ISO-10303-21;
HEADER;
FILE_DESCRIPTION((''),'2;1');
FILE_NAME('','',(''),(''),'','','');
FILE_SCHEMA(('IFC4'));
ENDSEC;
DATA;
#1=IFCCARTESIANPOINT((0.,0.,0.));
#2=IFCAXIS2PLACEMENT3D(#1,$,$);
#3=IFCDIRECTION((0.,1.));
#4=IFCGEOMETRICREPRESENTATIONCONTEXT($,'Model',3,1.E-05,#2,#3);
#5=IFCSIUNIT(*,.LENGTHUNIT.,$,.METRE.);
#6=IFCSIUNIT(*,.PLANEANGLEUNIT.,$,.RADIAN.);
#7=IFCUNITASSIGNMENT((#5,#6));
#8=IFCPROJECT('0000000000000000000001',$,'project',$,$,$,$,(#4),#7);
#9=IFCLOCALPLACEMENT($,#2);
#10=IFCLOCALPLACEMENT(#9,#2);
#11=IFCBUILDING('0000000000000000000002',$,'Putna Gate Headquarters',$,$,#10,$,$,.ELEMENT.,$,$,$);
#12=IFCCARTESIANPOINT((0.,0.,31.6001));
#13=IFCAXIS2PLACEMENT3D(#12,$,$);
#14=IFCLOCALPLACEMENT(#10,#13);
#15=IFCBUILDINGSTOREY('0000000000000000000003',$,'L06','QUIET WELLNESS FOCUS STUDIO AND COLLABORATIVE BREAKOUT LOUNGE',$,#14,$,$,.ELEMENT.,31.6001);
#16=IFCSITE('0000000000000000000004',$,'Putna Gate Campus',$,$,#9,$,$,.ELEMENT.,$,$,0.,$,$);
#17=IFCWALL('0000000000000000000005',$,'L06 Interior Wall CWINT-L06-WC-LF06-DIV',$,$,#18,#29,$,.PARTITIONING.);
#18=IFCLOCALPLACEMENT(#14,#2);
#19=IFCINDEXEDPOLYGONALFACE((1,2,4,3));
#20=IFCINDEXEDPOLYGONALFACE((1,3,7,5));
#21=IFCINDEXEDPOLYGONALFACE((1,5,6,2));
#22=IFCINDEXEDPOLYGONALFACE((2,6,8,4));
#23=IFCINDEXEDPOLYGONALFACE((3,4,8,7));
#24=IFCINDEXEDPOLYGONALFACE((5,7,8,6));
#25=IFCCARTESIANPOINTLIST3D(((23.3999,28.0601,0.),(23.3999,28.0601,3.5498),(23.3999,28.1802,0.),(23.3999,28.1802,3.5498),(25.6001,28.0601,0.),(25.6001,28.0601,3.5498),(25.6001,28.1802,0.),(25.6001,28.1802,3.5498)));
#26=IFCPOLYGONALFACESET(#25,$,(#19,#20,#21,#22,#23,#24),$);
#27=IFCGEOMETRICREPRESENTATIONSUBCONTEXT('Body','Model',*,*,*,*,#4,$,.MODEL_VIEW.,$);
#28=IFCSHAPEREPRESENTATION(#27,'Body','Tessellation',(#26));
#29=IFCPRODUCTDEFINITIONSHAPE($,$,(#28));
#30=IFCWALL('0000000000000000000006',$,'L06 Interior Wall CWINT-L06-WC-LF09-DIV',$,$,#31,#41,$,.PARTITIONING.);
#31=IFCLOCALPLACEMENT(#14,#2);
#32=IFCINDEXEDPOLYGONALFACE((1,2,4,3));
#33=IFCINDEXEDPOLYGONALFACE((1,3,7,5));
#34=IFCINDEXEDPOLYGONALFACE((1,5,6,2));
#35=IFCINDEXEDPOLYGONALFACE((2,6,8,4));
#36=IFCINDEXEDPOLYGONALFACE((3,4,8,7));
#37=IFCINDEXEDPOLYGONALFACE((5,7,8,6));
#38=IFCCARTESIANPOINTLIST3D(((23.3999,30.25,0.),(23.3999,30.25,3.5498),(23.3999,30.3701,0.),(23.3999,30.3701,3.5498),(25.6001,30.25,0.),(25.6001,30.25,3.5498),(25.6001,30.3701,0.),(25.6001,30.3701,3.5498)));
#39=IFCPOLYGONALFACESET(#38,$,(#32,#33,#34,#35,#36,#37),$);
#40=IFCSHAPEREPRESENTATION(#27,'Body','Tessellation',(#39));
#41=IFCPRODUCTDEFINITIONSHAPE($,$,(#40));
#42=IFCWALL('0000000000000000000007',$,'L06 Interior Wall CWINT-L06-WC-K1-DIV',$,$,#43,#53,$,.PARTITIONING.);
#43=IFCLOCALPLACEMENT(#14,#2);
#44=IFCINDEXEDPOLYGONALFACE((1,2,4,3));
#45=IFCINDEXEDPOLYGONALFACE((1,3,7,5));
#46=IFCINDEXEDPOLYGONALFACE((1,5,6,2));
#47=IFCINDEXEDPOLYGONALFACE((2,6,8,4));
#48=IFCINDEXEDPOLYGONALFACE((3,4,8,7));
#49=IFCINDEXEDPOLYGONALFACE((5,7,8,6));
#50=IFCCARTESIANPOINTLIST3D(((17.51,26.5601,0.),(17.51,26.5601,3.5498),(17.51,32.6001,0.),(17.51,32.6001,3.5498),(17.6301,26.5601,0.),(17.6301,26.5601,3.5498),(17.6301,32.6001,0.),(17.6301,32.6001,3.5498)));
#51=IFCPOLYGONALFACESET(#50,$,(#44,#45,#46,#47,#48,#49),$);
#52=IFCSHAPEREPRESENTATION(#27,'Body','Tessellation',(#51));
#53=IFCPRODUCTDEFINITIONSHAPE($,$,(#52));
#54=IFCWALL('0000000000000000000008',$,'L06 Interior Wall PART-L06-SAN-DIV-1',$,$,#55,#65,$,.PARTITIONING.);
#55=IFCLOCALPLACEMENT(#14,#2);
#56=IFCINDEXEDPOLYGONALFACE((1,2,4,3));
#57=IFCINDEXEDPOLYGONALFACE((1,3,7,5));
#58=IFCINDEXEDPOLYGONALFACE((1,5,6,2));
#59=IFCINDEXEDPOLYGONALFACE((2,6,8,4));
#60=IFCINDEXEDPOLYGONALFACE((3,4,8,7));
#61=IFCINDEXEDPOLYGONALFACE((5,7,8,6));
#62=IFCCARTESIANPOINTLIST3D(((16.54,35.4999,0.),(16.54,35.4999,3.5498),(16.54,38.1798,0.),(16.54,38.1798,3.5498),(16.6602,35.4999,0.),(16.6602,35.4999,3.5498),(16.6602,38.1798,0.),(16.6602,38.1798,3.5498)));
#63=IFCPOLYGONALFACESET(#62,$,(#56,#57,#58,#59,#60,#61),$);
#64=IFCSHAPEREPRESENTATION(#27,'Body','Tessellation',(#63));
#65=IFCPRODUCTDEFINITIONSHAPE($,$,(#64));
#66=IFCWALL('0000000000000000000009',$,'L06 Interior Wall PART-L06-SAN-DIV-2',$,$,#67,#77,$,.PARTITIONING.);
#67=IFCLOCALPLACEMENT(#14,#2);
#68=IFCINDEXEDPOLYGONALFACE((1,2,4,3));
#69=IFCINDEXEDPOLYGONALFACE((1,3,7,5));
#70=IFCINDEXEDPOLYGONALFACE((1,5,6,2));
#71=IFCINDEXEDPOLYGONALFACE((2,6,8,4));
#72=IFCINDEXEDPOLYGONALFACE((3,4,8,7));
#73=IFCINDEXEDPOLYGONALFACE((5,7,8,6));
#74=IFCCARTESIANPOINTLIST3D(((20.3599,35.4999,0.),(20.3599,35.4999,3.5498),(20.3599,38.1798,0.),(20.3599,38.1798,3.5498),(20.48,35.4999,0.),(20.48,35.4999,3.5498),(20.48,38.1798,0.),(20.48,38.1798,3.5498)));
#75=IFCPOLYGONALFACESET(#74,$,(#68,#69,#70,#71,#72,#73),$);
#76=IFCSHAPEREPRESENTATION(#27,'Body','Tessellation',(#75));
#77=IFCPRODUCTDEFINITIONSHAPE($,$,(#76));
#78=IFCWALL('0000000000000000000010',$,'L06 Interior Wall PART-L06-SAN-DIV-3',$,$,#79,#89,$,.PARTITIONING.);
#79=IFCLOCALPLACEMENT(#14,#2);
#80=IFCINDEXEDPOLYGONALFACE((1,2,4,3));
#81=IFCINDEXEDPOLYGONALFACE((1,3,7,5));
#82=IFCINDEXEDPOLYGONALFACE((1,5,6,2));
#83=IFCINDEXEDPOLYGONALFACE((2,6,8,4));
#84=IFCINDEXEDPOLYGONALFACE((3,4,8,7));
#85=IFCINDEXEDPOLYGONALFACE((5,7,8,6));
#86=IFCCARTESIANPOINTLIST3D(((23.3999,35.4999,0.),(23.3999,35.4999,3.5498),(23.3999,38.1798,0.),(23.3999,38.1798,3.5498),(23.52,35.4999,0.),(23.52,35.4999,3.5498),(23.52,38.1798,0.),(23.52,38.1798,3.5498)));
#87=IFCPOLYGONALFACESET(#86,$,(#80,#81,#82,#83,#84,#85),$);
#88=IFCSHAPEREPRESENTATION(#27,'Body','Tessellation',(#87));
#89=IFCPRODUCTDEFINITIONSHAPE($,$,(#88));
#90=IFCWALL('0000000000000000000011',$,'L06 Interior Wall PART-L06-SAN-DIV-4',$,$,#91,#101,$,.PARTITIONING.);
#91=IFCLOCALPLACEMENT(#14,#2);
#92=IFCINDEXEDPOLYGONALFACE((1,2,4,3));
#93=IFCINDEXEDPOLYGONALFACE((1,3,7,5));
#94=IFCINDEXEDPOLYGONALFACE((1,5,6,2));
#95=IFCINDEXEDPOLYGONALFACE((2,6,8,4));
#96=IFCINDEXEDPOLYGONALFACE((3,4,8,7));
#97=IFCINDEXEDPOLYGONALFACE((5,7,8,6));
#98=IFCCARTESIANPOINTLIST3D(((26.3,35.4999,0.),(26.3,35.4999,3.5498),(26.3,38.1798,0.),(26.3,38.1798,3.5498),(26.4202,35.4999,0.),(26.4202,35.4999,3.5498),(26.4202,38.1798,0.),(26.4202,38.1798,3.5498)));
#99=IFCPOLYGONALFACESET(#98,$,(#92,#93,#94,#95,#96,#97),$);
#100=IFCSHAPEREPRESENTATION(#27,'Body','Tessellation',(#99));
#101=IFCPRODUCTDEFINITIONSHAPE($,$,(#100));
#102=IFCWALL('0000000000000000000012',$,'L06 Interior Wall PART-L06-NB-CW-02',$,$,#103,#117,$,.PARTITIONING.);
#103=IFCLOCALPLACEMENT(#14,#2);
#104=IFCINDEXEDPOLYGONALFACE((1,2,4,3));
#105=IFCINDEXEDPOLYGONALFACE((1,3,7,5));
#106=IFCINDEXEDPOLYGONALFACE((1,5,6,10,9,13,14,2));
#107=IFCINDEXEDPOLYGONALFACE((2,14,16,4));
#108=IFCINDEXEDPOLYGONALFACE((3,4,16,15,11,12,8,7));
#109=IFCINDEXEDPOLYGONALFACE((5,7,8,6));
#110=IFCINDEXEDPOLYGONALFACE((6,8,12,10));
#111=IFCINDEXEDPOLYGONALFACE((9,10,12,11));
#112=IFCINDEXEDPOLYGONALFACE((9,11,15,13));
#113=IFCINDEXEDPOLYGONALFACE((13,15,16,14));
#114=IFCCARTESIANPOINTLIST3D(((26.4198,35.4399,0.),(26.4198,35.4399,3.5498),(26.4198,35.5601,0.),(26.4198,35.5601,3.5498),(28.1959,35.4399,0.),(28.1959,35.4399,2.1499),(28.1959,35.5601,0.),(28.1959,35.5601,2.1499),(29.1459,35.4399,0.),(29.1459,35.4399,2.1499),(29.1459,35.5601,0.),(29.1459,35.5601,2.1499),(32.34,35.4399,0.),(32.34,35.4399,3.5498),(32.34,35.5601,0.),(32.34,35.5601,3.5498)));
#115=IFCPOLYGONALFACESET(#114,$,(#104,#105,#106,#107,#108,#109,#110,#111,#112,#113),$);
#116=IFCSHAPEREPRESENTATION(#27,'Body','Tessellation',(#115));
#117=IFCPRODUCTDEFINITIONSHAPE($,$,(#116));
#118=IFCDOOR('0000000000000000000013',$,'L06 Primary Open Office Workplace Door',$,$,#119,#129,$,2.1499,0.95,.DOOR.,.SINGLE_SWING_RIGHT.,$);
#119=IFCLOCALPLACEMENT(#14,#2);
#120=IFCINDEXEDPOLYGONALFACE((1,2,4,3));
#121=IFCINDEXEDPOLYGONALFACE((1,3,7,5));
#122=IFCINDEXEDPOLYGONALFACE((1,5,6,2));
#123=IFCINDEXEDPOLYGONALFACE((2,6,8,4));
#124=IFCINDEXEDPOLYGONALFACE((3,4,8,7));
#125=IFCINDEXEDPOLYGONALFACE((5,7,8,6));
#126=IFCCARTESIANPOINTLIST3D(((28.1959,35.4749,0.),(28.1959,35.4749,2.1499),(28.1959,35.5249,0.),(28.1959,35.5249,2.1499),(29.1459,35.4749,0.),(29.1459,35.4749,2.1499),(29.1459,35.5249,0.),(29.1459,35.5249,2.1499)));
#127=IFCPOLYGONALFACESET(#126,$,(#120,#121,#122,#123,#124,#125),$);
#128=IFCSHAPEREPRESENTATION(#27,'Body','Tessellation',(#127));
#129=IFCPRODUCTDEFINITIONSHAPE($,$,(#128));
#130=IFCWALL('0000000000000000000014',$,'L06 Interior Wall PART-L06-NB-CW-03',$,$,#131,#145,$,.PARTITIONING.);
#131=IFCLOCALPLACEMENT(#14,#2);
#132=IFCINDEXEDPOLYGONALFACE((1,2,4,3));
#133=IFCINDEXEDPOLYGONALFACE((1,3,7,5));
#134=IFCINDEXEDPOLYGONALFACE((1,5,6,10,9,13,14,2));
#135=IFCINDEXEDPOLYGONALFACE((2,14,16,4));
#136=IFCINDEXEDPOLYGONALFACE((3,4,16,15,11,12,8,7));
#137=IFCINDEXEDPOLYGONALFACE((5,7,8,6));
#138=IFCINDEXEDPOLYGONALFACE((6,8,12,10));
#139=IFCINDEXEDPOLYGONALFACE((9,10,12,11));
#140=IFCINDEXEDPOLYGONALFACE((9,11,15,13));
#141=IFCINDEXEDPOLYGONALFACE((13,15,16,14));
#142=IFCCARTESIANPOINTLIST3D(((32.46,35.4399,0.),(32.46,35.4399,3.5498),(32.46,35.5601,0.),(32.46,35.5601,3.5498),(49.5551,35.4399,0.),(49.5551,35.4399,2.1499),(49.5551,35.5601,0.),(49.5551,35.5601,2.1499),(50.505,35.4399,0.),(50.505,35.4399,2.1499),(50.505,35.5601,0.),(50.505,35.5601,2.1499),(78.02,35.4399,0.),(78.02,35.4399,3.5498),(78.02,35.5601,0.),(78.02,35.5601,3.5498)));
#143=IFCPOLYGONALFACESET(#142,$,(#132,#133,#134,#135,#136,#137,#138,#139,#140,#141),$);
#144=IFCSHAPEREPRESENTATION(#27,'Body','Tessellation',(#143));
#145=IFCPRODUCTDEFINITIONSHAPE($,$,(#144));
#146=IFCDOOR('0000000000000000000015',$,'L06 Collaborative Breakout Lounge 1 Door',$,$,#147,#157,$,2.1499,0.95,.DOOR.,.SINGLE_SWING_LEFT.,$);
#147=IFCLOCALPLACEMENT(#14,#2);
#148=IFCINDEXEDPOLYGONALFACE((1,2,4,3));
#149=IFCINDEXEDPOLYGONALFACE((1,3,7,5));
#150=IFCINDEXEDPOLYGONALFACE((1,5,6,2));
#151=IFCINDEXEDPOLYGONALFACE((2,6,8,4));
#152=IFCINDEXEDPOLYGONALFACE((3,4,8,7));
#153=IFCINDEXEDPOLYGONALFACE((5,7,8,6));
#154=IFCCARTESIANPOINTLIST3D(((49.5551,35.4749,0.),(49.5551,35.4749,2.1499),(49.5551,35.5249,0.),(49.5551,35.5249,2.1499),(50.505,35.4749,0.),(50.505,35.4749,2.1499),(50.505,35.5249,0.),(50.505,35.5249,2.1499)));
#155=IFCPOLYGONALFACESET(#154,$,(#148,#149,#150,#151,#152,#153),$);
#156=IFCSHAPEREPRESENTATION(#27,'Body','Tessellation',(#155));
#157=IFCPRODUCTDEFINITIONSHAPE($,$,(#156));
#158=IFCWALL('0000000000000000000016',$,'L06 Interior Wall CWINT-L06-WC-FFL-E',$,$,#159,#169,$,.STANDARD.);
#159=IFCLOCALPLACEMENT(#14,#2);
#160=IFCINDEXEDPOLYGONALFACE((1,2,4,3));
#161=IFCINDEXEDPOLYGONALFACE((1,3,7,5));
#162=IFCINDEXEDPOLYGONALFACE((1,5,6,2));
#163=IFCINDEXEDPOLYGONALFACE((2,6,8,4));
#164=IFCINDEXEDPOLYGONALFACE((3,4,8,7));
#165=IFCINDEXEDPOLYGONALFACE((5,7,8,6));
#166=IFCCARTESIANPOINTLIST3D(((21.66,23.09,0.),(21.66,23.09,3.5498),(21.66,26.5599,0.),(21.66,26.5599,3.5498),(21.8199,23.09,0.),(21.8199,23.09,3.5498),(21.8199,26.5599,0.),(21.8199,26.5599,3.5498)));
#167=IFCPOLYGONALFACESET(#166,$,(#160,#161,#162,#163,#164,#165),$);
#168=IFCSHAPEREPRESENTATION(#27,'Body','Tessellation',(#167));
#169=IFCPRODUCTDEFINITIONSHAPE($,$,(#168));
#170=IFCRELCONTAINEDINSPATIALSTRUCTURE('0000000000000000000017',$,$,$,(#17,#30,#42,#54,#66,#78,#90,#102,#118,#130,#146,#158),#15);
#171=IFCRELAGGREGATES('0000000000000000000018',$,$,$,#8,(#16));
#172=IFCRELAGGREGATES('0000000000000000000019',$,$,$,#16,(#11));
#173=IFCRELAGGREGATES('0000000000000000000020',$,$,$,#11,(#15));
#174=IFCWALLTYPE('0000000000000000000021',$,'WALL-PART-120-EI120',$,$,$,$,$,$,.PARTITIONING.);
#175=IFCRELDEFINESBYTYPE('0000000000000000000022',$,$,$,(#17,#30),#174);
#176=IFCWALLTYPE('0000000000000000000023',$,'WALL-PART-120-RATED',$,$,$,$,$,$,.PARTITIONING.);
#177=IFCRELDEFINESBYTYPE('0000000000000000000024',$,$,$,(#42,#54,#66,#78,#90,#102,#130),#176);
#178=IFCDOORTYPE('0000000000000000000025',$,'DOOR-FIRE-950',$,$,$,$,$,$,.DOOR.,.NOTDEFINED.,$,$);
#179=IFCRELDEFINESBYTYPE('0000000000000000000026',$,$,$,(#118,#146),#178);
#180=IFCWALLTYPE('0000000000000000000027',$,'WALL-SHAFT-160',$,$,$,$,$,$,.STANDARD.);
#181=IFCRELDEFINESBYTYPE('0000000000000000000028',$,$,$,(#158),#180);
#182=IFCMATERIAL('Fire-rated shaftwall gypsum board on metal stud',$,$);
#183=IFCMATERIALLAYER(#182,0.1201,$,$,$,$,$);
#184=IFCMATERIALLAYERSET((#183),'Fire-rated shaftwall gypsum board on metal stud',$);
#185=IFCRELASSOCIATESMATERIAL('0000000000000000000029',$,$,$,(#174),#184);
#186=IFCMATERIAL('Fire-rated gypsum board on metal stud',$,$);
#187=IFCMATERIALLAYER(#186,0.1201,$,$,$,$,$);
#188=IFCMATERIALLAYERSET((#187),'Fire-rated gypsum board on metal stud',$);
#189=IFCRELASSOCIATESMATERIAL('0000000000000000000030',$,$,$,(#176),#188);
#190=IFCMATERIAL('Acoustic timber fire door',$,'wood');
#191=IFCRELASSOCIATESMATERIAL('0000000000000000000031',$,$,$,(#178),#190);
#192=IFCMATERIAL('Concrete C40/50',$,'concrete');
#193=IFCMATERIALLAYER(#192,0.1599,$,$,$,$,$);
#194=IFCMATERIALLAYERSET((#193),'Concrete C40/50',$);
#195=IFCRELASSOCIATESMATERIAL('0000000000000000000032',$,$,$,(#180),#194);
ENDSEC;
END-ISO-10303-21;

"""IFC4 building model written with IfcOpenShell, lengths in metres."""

from ifc_helpers import new_model, si_unit, direction, frame, frame_2d, origin, place, context, subcontext, project, spatial, rectangle, extrude, material, layer, layer_set, type_object, element, fill, save


model = new_model("IFC4")

# Units and contexts
model_context = context("Model", 3, precision=1e-05, world=origin(), true_north=direction((0.0, 1.0)))
body_context = subcontext(model_context, "Body", "Model", "MODEL_VIEW")
ifc_project = project(units=[si_unit("LENGTHUNIT", "METRE"), si_unit("PLANEANGLEUNIT", "RADIAN")], contexts=[model_context])

# Site, building, storey
site_placement = place(None, origin())
site = spatial("IfcSite", under=ifc_project, at=site_placement, Name="Putna Gate Campus", CompositionType="ELEMENT", RefElevation=0.0)
building_placement = place(site_placement, origin())
building = spatial("IfcBuilding", under=site, at=building_placement, Name="Putna Gate Headquarters", CompositionType="ELEMENT")
storey_placement = place(building_placement, frame((0.0, 0.0, 31.6001)))
storey = spatial("IfcBuildingStorey", under=building, at=storey_placement, Name="L06", Description="QUIET WELLNESS FOCUS STUDIO AND COLLABORATIVE BREAKOUT LOUNGE", CompositionType="ELEMENT", Elevation=31.6001)

# Walls
ifc_material_1 = material(Name="Fire-rated shaftwall gypsum board on metal stud")
ifc_layer_1 = layer(ifc_material_1, 0.1201)
ifc_layer_set_1 = layer_set([ifc_layer_1], Name="Fire-rated shaftwall gypsum board on metal stud")
wall_type_1 = type_object("IfcWallType", Name="WALL-PART-120-EI120", PredefinedType="PARTITIONING", material=ifc_layer_set_1)
for number, where, z_axis, x_axis, name in (
    (1, (23.3999, 28.1201, 0.0), (0.0, 0.0, 1.0), (1.0, 0.0, 0.0), "L06 Interior Wall CWINT-L06-WC-LF06-DIV"),
    (2, (23.3999, 30.3101, 0.0), (0.0, 0.0, 1.0), (1.0, 0.0, 0.0), "L06 Interior Wall CWINT-L06-WC-LF09-DIV"),
):
    element("IfcWall", number, at=place(storey_placement, frame(where, z_axis=z_axis, x_axis=x_axis)), inside=storey, type_object=wall_type_1, Name=name, PredefinedType="PARTITIONING", context=body_context, shape_type="SweptSolid", body=[
        extrude(rectangle(XDim=2.2002, YDim=0.1201, at=frame_2d((1.1001, 0.0))), origin(), (0.0, 0.0, 1.0), 3.5498),
    ])
ifc_material_2 = material(Name="Fire-rated gypsum board on metal stud")
ifc_layer_2 = layer(ifc_material_2, 0.1201)
ifc_layer_set_2 = layer_set([ifc_layer_2], Name="Fire-rated gypsum board on metal stud")
wall_type_2 = type_object("IfcWallType", Name="WALL-PART-120-RATED", PredefinedType="PARTITIONING", material=ifc_layer_set_2)
wall_1_placement = place(storey_placement, frame((17.5701, 26.5601, 0.0), z_axis=(0.0, 0.0, 1.0), x_axis=(0.0, 1.0, 0.0)))
element("IfcWall", 3, at=wall_1_placement, inside=storey, type_object=wall_type_2, Name="L06 Interior Wall CWINT-L06-WC-K1-DIV", PredefinedType="PARTITIONING", context=body_context, shape_type="SweptSolid", body=[
    extrude(rectangle(XDim=6.04, YDim=0.1201, at=frame_2d((3.02, 0.0))), origin(), (0.0, 0.0, 1.0), 3.5498),
])
for number, where, z_axis, x_axis, name in (
    (4, (16.6001, 35.5, 0.0), (0.0, 0.0, 1.0), (0.0, 1.0, 0.0), "L06 Interior Wall PART-L06-SAN-DIV-1"),
    (5, (20.4199, 35.5, 0.0), (0.0, 0.0, 1.0), (0.0, 1.0, 0.0), "L06 Interior Wall PART-L06-SAN-DIV-2"),
    (6, (23.46, 35.5, 0.0), (0.0, 0.0, 1.0), (0.0, 1.0, 0.0), "L06 Interior Wall PART-L06-SAN-DIV-3"),
    (7, (26.3601, 35.5, 0.0), (0.0, 0.0, 1.0), (0.0, 1.0, 0.0), "L06 Interior Wall PART-L06-SAN-DIV-4"),
):
    element("IfcWall", number, at=place(storey_placement, frame(where, z_axis=z_axis, x_axis=x_axis)), inside=storey, type_object=wall_type_2, Name=name, PredefinedType="PARTITIONING", context=body_context, shape_type="SweptSolid", body=[
        extrude(rectangle(XDim=2.6799, YDim=0.1201, at=frame_2d((1.3398, 0.0))), origin(), (0.0, 0.0, 1.0), 3.5498),
    ])

# Walls, openings, doors
wall_2_placement = place(storey_placement, frame((26.4199, 35.5, 0.0), z_axis=(0.0, 0.0, 1.0), x_axis=(1.0, 0.0, 0.0)))
wall_2 = element("IfcWall", 8, at=wall_2_placement, inside=storey, type_object=wall_type_2, Name="L06 Interior Wall PART-L06-NB-CW-02", PredefinedType="PARTITIONING", context=body_context, shape_type="SweptSolid", body=[
    extrude(rectangle(XDim=5.9202, YDim=0.1201, at=frame_2d((2.96, 0.0))), origin(), (0.0, 0.0, 1.0), 3.5498),
])
opening_1_placement = place(wall_2_placement, frame((1.7759, 0.0, 0.0)))
opening_1 = element("IfcOpeningElement", 9, at=opening_1_placement, cuts=wall_2, PredefinedType="OPENING", context=body_context, shape_type="SweptSolid", body=[
    extrude(rectangle(XDim=0.95, YDim=2.1499, at=frame_2d((0.4751, 1.075))), frame((0.0, 0.0701, 0.0), z_axis=(0.0, -1.0, 0.0), x_axis=(1.0, 0.0, 0.0)), (0.0, 0.0, 1.0), 0.1401),
])
ifc_material_3 = material(Name="Acoustic timber fire door", Category="wood")
door_type_1 = type_object("IfcDoorType", Name="DOOR-FIRE-950", OperationType="NOTDEFINED", PredefinedType="DOOR", material=ifc_material_3)
door_1_placement = place(opening_1_placement, origin())
door_1 = element("IfcDoor", 10, at=door_1_placement, inside=storey, type_object=door_type_1, Name="L06 Primary Open Office Workplace Door", OperationType="SINGLE_SWING_RIGHT", OverallHeight=2.1499, OverallWidth=0.95, PredefinedType="DOOR", context=body_context, shape_type="SweptSolid", body=[
    extrude(rectangle(XDim=0.95, YDim=2.1499, at=frame_2d((0.4751, 1.075))), frame((0.0, 0.0249, 0.0), z_axis=(0.0, -1.0, 0.0), x_axis=(1.0, 0.0, 0.0)), (0.0, 0.0, 1.0), 0.05),
])
fill(opening_1, door_1)
wall_3_placement = place(storey_placement, frame((32.46, 35.5, 0.0), z_axis=(0.0, 0.0, 1.0), x_axis=(1.0, 0.0, 0.0)))
wall_3 = element("IfcWall", 11, at=wall_3_placement, inside=storey, type_object=wall_type_2, Name="L06 Interior Wall PART-L06-NB-CW-03", PredefinedType="PARTITIONING", context=body_context, shape_type="SweptSolid", body=[
    extrude(rectangle(XDim=45.5601, YDim=0.1201, at=frame_2d((22.78, 0.0))), origin(), (0.0, 0.0, 1.0), 3.5498),
])
opening_2_placement = place(wall_3_placement, frame((17.095, 0.0, 0.0)))
opening_2 = element("IfcOpeningElement", 12, at=opening_2_placement, cuts=wall_3, PredefinedType="OPENING", context=body_context, shape_type="SweptSolid", body=[
    extrude(rectangle(XDim=0.95, YDim=2.1499, at=frame_2d((0.4751, 1.075))), frame((0.0, 0.0701, 0.0), z_axis=(0.0, -1.0, 0.0), x_axis=(1.0, 0.0, 0.0)), (0.0, 0.0, 1.0), 0.1401),
])
door_2_placement = place(opening_2_placement, origin())
door_2 = element("IfcDoor", 13, at=door_2_placement, inside=storey, type_object=door_type_1, Name="L06 Collaborative Breakout Lounge 1 Door", OperationType="SINGLE_SWING_LEFT", OverallHeight=2.1499, OverallWidth=0.95, PredefinedType="DOOR", context=body_context, shape_type="SweptSolid", body=[
    extrude(rectangle(XDim=0.95, YDim=2.1499, at=frame_2d((0.4751, 1.075))), frame((0.0, 0.0249, 0.0), z_axis=(0.0, -1.0, 0.0), x_axis=(1.0, 0.0, 0.0)), (0.0, 0.0, 1.0), 0.05),
])
fill(opening_2, door_2)

# Wall
ifc_material_4 = material(Name="Concrete C40/50", Category="concrete")
ifc_layer_3 = layer(ifc_material_4, 0.1599)
ifc_layer_set_3 = layer_set([ifc_layer_3], Name="Concrete C40/50")
wall_type_3 = type_object("IfcWallType", Name="WALL-SHAFT-160", PredefinedType="STANDARD", material=ifc_layer_set_3)
wall_4_placement = place(storey_placement, frame((21.74, 23.0901, 0.0), z_axis=(0.0, 0.0, 1.0), x_axis=(0.0, 1.0, 0.0)))
element("IfcWall", 14, at=wall_4_placement, inside=storey, type_object=wall_type_3, Name="L06 Interior Wall CWINT-L06-WC-FFL-E", PredefinedType="STANDARD", context=body_context, shape_type="SweptSolid", body=[
    extrude(rectangle(XDim=3.47, YDim=0.1599, at=frame_2d((1.7349, 0.0))), origin(), (0.0, 0.0, 1.0), 3.5498),
])

save(model, "model.ifc")
